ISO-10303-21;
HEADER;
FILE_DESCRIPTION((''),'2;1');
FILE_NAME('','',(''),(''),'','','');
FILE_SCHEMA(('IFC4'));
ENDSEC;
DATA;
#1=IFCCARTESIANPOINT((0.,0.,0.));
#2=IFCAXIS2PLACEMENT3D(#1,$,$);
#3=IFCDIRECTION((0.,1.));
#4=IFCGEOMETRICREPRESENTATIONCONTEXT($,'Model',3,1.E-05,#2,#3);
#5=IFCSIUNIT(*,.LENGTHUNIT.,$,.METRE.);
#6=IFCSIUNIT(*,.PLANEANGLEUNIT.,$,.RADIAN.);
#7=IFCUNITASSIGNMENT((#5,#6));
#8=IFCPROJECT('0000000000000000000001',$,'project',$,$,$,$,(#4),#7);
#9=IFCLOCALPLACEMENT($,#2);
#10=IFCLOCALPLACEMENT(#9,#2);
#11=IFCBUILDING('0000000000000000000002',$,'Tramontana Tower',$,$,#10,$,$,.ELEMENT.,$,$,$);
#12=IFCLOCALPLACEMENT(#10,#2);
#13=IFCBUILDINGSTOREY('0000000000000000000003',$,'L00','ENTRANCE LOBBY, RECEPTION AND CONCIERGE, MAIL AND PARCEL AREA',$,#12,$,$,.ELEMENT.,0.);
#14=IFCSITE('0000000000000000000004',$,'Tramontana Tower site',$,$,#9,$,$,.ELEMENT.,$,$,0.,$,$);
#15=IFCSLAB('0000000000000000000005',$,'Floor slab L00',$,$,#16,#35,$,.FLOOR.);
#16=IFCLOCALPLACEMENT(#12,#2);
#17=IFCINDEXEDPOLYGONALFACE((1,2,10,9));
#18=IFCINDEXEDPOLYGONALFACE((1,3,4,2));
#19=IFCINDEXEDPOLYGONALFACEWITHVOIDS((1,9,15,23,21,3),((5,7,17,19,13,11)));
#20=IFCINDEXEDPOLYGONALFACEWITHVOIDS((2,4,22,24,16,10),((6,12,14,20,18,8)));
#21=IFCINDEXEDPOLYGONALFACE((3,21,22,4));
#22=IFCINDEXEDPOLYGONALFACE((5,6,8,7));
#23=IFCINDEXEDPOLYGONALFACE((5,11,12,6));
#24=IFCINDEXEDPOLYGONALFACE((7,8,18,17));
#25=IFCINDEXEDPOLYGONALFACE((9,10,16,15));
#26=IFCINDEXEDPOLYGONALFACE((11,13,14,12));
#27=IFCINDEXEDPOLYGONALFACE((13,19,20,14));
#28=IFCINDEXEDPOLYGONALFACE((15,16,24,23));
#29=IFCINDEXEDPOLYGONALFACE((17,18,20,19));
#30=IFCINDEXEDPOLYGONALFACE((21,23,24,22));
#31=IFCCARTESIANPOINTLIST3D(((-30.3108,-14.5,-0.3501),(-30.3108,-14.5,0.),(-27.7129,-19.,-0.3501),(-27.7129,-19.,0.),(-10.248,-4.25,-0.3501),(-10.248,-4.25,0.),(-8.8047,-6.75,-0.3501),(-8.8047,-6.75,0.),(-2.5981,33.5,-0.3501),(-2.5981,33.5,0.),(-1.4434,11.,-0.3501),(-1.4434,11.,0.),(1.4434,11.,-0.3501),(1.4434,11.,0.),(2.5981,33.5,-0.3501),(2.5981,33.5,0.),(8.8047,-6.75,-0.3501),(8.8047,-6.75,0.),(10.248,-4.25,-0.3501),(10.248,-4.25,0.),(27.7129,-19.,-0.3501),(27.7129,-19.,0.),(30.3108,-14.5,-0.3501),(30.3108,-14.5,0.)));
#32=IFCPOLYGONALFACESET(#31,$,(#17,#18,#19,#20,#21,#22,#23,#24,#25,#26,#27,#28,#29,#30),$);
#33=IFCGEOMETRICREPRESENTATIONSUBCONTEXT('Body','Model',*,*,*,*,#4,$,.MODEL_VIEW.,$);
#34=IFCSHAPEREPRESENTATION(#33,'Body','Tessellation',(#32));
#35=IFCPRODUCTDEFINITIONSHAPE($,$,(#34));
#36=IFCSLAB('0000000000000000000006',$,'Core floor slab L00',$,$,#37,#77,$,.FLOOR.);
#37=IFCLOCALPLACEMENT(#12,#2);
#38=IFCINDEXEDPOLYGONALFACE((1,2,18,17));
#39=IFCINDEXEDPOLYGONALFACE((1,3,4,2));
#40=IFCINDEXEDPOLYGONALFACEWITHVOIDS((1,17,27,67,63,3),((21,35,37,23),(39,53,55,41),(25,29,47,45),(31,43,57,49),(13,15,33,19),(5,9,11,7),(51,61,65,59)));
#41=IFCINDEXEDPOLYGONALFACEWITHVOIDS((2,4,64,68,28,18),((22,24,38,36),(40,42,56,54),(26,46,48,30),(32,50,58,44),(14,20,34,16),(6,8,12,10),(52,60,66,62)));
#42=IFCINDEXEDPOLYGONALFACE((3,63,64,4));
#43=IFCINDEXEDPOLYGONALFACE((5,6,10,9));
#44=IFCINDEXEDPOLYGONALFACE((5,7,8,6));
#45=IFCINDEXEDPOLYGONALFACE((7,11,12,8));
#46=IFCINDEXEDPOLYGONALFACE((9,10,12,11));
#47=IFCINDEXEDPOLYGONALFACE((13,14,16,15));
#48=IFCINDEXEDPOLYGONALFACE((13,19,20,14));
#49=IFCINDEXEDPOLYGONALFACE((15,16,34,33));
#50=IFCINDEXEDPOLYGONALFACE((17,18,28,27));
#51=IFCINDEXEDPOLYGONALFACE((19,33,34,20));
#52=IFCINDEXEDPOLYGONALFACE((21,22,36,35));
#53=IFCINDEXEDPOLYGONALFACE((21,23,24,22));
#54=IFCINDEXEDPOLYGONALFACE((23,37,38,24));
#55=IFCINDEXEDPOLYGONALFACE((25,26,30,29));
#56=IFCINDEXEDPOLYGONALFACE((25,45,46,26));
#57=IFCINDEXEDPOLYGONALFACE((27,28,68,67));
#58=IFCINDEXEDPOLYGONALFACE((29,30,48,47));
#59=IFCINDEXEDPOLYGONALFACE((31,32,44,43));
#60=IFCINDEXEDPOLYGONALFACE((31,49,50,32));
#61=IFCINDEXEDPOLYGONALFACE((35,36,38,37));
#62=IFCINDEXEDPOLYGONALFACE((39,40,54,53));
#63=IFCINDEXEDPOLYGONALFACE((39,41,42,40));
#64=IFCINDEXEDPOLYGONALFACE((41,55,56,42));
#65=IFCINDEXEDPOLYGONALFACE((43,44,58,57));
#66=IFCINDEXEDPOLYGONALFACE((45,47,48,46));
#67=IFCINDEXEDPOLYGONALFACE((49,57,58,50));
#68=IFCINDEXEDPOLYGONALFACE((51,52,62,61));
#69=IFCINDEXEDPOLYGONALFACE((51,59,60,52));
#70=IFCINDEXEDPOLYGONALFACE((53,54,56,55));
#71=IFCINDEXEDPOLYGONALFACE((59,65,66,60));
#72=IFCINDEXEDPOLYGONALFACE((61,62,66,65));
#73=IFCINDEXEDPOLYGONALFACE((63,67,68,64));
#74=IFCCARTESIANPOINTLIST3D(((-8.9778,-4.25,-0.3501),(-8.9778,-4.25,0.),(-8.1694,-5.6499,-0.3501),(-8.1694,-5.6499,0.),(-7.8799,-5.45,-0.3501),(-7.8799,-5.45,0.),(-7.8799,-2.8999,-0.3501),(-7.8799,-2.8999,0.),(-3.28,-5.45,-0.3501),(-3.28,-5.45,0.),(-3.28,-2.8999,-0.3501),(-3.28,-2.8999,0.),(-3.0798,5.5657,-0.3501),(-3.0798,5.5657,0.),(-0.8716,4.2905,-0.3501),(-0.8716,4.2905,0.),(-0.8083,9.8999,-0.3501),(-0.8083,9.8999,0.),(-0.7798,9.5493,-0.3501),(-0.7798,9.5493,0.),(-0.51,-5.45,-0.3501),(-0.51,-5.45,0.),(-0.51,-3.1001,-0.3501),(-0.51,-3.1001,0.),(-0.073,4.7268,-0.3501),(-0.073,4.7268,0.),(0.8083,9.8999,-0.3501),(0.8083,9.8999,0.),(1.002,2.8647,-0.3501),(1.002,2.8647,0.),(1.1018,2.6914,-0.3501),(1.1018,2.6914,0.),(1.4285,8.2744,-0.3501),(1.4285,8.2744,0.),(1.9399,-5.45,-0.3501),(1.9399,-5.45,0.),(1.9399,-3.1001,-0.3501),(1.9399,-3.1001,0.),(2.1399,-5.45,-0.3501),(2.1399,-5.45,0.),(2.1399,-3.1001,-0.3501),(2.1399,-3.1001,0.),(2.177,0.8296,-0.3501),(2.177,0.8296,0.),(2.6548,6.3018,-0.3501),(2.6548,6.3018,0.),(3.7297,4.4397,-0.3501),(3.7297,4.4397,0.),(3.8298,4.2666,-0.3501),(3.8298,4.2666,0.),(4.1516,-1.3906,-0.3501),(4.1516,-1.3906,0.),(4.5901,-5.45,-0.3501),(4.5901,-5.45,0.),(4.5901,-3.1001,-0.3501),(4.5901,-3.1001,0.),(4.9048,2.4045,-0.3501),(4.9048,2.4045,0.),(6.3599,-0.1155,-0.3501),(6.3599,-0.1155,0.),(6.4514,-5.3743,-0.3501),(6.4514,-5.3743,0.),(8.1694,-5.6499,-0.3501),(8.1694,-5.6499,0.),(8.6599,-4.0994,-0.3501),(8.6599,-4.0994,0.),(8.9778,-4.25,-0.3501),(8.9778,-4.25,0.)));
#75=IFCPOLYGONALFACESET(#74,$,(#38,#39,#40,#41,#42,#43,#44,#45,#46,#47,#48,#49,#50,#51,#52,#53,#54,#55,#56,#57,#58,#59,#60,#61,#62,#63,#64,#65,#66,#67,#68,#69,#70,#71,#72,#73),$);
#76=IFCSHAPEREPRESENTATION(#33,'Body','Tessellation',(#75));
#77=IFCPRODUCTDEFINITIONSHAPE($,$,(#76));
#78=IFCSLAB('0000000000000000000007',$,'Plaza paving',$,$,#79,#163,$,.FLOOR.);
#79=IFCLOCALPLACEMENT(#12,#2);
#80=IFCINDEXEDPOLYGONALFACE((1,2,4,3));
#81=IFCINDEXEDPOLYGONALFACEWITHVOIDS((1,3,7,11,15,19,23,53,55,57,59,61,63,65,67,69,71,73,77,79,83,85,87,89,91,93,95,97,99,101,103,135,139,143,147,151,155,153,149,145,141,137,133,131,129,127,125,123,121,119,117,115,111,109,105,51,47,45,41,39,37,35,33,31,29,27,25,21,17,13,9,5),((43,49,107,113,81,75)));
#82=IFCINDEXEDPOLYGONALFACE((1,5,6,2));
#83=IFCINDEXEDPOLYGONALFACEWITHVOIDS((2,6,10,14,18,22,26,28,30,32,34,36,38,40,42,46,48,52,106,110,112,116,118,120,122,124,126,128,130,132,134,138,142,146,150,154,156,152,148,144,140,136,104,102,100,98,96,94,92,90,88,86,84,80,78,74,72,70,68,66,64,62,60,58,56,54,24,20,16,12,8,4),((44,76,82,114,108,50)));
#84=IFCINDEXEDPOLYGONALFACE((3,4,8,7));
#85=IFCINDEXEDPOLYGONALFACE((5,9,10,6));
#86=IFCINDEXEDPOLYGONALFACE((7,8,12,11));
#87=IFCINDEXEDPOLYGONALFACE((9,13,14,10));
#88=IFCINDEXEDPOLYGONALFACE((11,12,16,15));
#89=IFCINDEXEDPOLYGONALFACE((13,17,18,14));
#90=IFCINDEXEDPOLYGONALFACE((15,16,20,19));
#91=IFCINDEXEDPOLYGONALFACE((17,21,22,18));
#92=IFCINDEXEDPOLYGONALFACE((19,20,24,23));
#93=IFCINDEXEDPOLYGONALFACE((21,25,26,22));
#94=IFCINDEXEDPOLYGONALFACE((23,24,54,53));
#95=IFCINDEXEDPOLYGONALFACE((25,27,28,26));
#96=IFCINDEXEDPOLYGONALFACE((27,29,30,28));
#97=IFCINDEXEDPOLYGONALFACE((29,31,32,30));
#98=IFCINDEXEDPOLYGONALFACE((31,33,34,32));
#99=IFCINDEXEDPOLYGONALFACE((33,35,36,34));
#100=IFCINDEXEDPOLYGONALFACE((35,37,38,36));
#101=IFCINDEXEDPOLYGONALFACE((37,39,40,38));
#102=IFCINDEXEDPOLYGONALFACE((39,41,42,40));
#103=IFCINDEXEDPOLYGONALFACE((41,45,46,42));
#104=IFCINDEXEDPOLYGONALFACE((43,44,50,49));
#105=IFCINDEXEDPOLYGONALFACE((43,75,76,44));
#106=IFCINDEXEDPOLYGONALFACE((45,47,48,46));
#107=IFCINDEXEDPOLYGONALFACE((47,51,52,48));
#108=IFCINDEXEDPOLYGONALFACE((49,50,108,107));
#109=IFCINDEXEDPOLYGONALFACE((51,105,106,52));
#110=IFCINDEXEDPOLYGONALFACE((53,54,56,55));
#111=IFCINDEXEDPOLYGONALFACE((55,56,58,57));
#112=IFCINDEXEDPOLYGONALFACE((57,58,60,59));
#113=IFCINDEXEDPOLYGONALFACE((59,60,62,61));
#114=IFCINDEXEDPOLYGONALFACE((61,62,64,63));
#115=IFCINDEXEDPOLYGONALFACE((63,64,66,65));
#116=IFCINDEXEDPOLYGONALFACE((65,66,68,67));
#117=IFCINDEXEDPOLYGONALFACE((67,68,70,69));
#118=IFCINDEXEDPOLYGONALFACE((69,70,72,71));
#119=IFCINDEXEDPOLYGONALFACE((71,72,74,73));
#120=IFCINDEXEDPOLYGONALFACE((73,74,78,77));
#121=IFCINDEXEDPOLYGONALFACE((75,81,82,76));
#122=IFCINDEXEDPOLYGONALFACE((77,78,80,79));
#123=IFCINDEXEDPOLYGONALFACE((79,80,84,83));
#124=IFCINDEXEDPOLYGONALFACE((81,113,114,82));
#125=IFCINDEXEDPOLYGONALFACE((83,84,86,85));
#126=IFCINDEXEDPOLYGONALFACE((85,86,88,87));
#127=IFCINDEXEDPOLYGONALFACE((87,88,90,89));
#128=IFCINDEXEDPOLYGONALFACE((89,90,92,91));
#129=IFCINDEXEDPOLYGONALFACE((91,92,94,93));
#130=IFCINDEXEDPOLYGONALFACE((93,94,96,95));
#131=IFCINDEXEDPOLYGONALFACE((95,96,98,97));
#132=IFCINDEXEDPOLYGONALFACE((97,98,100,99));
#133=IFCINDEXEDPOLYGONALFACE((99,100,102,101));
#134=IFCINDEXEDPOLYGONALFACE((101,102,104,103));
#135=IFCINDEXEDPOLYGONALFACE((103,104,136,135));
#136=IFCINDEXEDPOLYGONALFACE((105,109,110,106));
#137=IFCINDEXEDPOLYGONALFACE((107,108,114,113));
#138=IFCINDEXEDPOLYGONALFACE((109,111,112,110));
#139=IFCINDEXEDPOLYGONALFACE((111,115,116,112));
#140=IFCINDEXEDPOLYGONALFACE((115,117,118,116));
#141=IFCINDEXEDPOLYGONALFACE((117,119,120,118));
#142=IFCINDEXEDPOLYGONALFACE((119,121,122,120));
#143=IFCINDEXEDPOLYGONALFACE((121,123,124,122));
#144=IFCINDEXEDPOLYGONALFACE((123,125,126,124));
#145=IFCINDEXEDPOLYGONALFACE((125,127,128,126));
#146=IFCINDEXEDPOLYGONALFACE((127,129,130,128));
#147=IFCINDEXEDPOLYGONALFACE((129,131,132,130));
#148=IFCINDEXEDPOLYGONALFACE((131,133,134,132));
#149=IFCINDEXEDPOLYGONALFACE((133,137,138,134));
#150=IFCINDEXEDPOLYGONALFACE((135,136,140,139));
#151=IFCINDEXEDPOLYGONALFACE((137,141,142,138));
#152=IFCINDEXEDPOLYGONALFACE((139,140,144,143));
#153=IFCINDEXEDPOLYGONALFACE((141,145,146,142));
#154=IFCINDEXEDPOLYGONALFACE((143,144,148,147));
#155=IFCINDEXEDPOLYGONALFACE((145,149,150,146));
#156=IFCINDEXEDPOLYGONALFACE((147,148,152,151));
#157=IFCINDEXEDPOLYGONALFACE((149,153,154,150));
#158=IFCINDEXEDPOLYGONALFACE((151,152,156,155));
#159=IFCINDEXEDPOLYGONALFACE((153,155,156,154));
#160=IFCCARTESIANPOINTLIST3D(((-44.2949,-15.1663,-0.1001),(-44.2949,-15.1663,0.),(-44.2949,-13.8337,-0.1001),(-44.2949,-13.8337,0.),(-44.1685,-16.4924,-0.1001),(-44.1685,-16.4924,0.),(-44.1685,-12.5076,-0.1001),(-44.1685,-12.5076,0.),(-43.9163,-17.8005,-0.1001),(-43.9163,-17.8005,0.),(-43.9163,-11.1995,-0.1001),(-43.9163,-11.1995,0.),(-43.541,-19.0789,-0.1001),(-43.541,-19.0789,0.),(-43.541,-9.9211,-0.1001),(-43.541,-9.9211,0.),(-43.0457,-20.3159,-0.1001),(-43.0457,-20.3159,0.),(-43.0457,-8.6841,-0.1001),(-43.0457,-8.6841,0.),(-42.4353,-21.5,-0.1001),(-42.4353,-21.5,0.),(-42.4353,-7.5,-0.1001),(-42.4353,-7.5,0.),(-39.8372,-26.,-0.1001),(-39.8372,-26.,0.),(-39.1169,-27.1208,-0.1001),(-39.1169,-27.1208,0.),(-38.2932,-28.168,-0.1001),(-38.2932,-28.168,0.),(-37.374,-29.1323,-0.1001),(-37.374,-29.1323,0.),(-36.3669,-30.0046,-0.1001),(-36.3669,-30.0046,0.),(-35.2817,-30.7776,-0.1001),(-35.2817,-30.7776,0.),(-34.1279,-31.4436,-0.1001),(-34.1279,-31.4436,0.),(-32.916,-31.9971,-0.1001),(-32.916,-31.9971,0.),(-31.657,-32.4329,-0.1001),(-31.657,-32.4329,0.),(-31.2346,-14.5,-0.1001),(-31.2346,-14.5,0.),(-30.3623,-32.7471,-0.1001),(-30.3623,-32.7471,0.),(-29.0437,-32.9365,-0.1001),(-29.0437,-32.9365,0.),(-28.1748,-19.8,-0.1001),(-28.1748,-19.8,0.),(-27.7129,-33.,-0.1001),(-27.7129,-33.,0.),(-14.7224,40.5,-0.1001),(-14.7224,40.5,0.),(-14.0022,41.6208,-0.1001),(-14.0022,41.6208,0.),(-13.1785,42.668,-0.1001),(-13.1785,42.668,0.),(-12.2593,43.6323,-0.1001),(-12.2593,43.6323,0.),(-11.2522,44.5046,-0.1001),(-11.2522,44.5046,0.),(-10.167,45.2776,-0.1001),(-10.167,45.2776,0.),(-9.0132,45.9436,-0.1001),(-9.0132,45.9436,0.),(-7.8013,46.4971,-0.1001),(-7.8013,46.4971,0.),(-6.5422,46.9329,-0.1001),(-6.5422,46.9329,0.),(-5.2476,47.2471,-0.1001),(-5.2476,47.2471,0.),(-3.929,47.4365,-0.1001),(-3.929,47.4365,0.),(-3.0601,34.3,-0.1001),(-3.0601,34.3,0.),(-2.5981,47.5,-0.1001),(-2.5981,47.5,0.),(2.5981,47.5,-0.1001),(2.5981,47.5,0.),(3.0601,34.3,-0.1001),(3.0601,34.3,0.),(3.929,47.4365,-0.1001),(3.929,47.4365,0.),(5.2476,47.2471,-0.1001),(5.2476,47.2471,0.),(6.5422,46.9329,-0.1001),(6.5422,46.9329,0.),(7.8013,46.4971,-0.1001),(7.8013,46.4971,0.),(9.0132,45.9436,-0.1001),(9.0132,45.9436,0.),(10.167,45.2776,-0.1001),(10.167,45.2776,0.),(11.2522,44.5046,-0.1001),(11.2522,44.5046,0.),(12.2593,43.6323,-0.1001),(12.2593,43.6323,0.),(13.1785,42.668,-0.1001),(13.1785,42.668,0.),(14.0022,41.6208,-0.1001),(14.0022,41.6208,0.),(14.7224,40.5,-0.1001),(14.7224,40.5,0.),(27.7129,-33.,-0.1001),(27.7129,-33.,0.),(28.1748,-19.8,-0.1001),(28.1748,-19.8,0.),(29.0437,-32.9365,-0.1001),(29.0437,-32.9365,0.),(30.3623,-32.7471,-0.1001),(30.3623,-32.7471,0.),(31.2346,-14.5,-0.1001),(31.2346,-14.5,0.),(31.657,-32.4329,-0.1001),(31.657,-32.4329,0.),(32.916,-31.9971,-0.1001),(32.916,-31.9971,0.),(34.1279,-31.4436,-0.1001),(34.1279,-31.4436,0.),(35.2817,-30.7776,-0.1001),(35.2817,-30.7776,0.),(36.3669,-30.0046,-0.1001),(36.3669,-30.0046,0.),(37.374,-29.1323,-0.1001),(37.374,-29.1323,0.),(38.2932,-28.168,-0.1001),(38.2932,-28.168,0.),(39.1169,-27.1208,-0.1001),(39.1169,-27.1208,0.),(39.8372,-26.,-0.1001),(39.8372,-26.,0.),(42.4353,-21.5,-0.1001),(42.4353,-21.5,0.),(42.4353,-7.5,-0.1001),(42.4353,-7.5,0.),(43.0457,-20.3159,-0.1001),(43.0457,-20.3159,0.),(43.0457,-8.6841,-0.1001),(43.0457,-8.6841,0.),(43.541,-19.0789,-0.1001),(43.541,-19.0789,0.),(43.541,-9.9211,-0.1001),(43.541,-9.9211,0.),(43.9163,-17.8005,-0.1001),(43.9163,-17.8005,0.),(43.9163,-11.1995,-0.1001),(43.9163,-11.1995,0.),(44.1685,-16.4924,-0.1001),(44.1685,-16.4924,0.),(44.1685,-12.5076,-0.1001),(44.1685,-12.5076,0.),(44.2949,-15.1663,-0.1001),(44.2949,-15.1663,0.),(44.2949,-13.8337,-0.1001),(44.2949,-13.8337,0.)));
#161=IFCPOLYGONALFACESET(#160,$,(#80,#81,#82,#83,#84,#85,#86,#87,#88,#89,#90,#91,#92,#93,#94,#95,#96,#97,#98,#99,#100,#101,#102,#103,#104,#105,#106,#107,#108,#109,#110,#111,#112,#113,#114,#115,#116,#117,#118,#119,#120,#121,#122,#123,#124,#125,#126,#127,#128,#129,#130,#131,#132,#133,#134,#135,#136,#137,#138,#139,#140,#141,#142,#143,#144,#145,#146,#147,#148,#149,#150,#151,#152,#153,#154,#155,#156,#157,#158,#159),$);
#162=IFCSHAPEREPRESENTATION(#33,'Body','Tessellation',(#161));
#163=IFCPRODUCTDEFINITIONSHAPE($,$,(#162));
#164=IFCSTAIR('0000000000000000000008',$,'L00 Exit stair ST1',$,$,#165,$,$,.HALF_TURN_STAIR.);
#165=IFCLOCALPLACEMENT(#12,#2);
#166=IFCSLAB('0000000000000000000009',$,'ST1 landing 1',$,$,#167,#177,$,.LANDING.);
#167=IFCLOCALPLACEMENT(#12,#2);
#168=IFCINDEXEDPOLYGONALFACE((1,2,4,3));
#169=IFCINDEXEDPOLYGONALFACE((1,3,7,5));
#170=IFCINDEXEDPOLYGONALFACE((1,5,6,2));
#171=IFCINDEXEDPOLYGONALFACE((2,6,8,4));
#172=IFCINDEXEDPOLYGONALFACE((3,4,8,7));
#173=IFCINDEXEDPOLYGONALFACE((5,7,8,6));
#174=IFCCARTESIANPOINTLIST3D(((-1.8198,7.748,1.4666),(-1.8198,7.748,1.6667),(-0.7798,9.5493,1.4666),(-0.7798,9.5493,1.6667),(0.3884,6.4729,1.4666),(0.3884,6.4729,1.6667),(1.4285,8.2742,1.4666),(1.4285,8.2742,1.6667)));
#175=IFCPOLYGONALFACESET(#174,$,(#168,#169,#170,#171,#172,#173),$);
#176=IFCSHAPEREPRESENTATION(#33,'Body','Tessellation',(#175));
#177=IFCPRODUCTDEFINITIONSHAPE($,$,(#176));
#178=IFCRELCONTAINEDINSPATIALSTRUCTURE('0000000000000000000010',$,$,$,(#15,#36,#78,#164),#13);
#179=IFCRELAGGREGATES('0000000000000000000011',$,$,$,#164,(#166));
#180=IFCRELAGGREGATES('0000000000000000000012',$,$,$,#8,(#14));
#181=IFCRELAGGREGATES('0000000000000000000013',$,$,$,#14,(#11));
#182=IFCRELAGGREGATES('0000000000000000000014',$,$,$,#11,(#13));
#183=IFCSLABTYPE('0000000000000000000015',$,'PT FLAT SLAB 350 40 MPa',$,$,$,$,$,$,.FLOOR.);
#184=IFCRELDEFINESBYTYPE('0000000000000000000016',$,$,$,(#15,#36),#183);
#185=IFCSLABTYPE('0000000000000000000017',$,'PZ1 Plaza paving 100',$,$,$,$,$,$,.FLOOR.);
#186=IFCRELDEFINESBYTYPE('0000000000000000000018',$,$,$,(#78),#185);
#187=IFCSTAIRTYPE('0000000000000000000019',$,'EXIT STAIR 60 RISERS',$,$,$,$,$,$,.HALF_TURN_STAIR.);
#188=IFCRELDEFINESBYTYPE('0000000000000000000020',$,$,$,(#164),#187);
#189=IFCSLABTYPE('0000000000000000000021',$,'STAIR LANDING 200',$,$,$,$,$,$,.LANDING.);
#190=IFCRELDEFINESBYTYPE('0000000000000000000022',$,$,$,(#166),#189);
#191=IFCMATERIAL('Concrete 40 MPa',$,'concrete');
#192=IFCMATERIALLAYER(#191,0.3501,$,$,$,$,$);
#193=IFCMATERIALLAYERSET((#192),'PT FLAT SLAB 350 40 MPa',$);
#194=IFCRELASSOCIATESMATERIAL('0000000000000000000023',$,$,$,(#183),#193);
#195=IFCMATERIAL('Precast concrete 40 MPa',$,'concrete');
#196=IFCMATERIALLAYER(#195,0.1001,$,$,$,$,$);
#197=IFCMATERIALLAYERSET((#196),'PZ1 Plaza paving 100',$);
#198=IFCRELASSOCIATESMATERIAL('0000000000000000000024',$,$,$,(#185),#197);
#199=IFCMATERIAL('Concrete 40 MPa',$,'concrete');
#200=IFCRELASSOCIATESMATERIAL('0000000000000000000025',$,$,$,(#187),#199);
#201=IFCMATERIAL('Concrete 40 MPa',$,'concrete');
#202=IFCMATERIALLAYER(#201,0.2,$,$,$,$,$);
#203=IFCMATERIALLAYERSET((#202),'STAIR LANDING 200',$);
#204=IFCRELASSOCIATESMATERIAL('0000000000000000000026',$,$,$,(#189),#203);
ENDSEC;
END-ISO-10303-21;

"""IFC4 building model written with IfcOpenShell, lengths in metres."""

from ifc_helpers import new_model, si_unit, direction, frame, origin, place, context, subcontext, project, spatial, polyline, outline, extrude, material, layer, layer_set, type_object, element, aggregate, save


model = new_model("IFC4")

# Units and contexts
model_context = context("Model", 3, precision=1e-05, world=origin(), true_north=direction((0.0, 1.0)))
body_context = subcontext(model_context, "Body", "Model", "MODEL_VIEW")
ifc_project = project(units=[si_unit("LENGTHUNIT", "METRE"), si_unit("PLANEANGLEUNIT", "RADIAN")], contexts=[model_context])

# Site, building, storey
site_placement = place(None, origin())
site = spatial("IfcSite", under=ifc_project, at=site_placement, Name="Tramontana Tower site", CompositionType="ELEMENT", RefElevation=0.0)
building_placement = place(site_placement, origin())
building = spatial("IfcBuilding", under=site, at=building_placement, Name="Tramontana Tower", CompositionType="ELEMENT")
storey_placement = place(building_placement, origin())
storey = spatial("IfcBuildingStorey", under=building, at=storey_placement, Name="L00", Description="ENTRANCE LOBBY, RECEPTION AND CONCIERGE, MAIL AND PARCEL AREA", CompositionType="ELEMENT", Elevation=0.0)

# Slabs
ifc_material_1 = material(Name="Concrete 40 MPa", Category="concrete")
ifc_layer_1 = layer(ifc_material_1, 0.3501)
ifc_layer_set_1 = layer_set([ifc_layer_1], Name="PT FLAT SLAB 350 40 MPa")
slab_type_1 = type_object("IfcSlabType", Name="PT FLAT SLAB 350 40 MPa", PredefinedType="FLOOR", material=ifc_layer_set_1)
slab_1_placement = place(storey_placement, frame((0.0, 0.0, -0.3501)))
element("IfcSlab", 1, at=slab_1_placement, inside=storey, type_object=slab_type_1, Name="Floor slab L00", PredefinedType="FLOOR", context=body_context, shape_type="SweptSolid", body=[
    extrude(outline(polyline([(27.7129, -19.0), (-27.7129, -19.0), (-30.3108, -14.5), (-2.5981, 33.5), (2.5981, 33.5), (30.3108, -14.5), (27.7129, -19.0)]), holes=[polyline([(-10.248, -4.25), (-8.8047, -6.75), (8.8047, -6.75), (10.248, -4.25), (1.4434, 11.0), (-1.4434, 11.0), (-10.248, -4.25)])]), origin(), (0.0, 0.0, 1.0), 0.3501),
])
slab_2_placement = place(storey_placement, frame((0.0, 0.0, -0.3501)))
element("IfcSlab", 2, at=slab_2_placement, inside=storey, type_object=slab_type_1, Name="Core floor slab L00", PredefinedType="FLOOR", context=body_context, shape_type="SweptSolid", body=[
    extrude(outline(polyline([(8.9778, -4.25), (8.1694, -5.6499), (-8.1694, -5.6499), (-8.9778, -4.25), (-0.8083, 9.8999), (0.8083, 9.8999), (8.9778, -4.25)]), holes=[polyline([(8.6599, -4.0994), (6.3599, -0.1155), (4.1516, -1.3906), (6.4514, -5.3743), (8.6599, -4.0994)]), polyline([(3.8298, 4.2666), (1.1018, 2.6914), (2.177, 0.8296), (4.9048, 2.4045), (3.8298, 4.2666)]), polyline([(4.5901, -3.1001), (2.1399, -3.1001), (2.1399, -5.45), (4.5901, -5.45), (4.5901, -3.1001)]), polyline([(2.6548, 6.3018), (-0.073, 4.7268), (1.002, 2.8647), (3.7297, 4.4397), (2.6548, 6.3018)]), polyline([(1.9399, -5.45), (1.9399, -3.1001), (-0.51, -3.1001), (-0.51, -5.45), (1.9399, -5.45)]), polyline([(-0.7798, 9.5493), (-3.0798, 5.5657), (-0.8716, 4.2905), (1.4285, 8.2744), (-0.7798, 9.5493)]), polyline([(-7.8799, -5.45), (-3.28, -5.45), (-3.28, -2.8999), (-7.8799, -2.8999), (-7.8799, -5.45)])]), origin(), (0.0, 0.0, 1.0), 0.3501),
])
ifc_material_2 = material(Name="Precast concrete 40 MPa", Category="concrete")
ifc_layer_2 = layer(ifc_material_2, 0.1001)
ifc_layer_set_2 = layer_set([ifc_layer_2], Name="PZ1 Plaza paving 100")
slab_type_2 = type_object("IfcSlabType", Name="PZ1 Plaza paving 100", PredefinedType="FLOOR", material=ifc_layer_set_2)
slab_3_placement = place(storey_placement, frame((0.0, 0.0, -0.1001)))
element("IfcSlab", 3, at=slab_3_placement, inside=storey, type_object=slab_type_2, Name="Plaza paving", PredefinedType="FLOOR", context=body_context, shape_type="SweptSolid", body=[
    extrude(outline(polyline([(43.0457, -8.6841), (43.541, -9.9211), (43.9163, -11.1995), (44.1685, -12.5076), (44.2949, -13.8337), (44.2949, -15.1663), (44.1685, -16.4924), (43.9163, -17.8005), (43.541, -19.0789), (43.0457, -20.3159), (42.4353, -21.5), (39.8372, -26.0), (39.1169, -27.1208), (38.2932, -28.168), (37.374, -29.1323), (36.3669, -30.0046), (35.2817, -30.7776), (34.1279, -31.4436), (32.916, -31.9971), (31.657, -32.4329), (30.3623, -32.7471), (29.0437, -32.9365), (27.7129, -33.0), (-27.7129, -33.0), (-29.0437, -32.9365), (-30.3623, -32.7471), (-31.657, -32.4329), (-32.916, -31.9971), (-34.1279, -31.4436), (-35.2817, -30.7776), (-36.3669, -30.0046), (-37.374, -29.1323), (-38.2932, -28.168), (-39.1169, -27.1208), (-39.8372, -26.0), (-42.4353, -21.5), (-43.0457, -20.3159), (-43.541, -19.0789), (-43.9163, -17.8005), (-44.1685, -16.4924), (-44.2949, -15.1663), (-44.2949, -13.8337), (-44.1685, -12.5076), (-43.9163, -11.1995), (-43.541, -9.9211), (-43.0457, -8.6841), (-42.4353, -7.5), (-14.7224, 40.5), (-14.0022, 41.6208), (-13.1785, 42.668), (-12.2593, 43.6323), (-11.2522, 44.5046), (-10.167, 45.2776), (-9.0132, 45.9436), (-7.8013, 46.4971), (-6.5422, 46.9329), (-5.2476, 47.2471), (-3.929, 47.4365), (-2.5981, 47.5), (2.5981, 47.5), (3.929, 47.4365), (5.2476, 47.2471), (6.5422, 46.9329), (7.8013, 46.4971), (9.0132, 45.9436), (10.167, 45.2776), (11.2522, 44.5046), (12.2593, 43.6323), (13.1785, 42.668), (14.0022, 41.6208), (14.7224, 40.5), (42.4353, -7.5), (43.0457, -8.6841)]), holes=[polyline([(-3.0601, 34.3), (-31.2346, -14.5), (-28.1748, -19.8), (28.1748, -19.8), (31.2346, -14.5), (3.0601, 34.3), (-3.0601, 34.3)])]), origin(), (0.0, 0.0, 1.0), 0.1001),
])

# Stair, slab
ifc_material_3 = material(Name="Concrete 40 MPa", Category="concrete")
stair_type = type_object("IfcStairType", Name="EXIT STAIR 60 RISERS", PredefinedType="HALF_TURN_STAIR", material=ifc_material_3)
stair_1_placement = place(storey_placement, origin())
stair_1 = element("IfcStair", 4, at=stair_1_placement, inside=storey, type_object=stair_type, Name="L00 Exit stair ST1", PredefinedType="HALF_TURN_STAIR")
ifc_material_4 = material(Name="Concrete 40 MPa", Category="concrete")
ifc_layer_3 = layer(ifc_material_4, 0.2)
ifc_layer_set_3 = layer_set([ifc_layer_3], Name="STAIR LANDING 200")
slab_type_3 = type_object("IfcSlabType", Name="STAIR LANDING 200", PredefinedType="LANDING", material=ifc_layer_set_3)
slab_4_placement = place(storey_placement, frame((0.0, 0.0, 1.4666)))
slab_4 = element("IfcSlab", 5, at=slab_4_placement, type_object=slab_type_3, Name="ST1 landing 1", PredefinedType="LANDING", context=body_context, shape_type="SweptSolid", body=[
    extrude(outline(polyline([(0.3884, 6.4729), (1.4285, 8.2742), (-0.7798, 9.5493), (-1.8198, 7.748), (0.3884, 6.4729)])), origin(), (0.0, 0.0, 1.0), 0.2002),
])
aggregate(stair_1, [slab_4])

save(model, "model.ifc")
